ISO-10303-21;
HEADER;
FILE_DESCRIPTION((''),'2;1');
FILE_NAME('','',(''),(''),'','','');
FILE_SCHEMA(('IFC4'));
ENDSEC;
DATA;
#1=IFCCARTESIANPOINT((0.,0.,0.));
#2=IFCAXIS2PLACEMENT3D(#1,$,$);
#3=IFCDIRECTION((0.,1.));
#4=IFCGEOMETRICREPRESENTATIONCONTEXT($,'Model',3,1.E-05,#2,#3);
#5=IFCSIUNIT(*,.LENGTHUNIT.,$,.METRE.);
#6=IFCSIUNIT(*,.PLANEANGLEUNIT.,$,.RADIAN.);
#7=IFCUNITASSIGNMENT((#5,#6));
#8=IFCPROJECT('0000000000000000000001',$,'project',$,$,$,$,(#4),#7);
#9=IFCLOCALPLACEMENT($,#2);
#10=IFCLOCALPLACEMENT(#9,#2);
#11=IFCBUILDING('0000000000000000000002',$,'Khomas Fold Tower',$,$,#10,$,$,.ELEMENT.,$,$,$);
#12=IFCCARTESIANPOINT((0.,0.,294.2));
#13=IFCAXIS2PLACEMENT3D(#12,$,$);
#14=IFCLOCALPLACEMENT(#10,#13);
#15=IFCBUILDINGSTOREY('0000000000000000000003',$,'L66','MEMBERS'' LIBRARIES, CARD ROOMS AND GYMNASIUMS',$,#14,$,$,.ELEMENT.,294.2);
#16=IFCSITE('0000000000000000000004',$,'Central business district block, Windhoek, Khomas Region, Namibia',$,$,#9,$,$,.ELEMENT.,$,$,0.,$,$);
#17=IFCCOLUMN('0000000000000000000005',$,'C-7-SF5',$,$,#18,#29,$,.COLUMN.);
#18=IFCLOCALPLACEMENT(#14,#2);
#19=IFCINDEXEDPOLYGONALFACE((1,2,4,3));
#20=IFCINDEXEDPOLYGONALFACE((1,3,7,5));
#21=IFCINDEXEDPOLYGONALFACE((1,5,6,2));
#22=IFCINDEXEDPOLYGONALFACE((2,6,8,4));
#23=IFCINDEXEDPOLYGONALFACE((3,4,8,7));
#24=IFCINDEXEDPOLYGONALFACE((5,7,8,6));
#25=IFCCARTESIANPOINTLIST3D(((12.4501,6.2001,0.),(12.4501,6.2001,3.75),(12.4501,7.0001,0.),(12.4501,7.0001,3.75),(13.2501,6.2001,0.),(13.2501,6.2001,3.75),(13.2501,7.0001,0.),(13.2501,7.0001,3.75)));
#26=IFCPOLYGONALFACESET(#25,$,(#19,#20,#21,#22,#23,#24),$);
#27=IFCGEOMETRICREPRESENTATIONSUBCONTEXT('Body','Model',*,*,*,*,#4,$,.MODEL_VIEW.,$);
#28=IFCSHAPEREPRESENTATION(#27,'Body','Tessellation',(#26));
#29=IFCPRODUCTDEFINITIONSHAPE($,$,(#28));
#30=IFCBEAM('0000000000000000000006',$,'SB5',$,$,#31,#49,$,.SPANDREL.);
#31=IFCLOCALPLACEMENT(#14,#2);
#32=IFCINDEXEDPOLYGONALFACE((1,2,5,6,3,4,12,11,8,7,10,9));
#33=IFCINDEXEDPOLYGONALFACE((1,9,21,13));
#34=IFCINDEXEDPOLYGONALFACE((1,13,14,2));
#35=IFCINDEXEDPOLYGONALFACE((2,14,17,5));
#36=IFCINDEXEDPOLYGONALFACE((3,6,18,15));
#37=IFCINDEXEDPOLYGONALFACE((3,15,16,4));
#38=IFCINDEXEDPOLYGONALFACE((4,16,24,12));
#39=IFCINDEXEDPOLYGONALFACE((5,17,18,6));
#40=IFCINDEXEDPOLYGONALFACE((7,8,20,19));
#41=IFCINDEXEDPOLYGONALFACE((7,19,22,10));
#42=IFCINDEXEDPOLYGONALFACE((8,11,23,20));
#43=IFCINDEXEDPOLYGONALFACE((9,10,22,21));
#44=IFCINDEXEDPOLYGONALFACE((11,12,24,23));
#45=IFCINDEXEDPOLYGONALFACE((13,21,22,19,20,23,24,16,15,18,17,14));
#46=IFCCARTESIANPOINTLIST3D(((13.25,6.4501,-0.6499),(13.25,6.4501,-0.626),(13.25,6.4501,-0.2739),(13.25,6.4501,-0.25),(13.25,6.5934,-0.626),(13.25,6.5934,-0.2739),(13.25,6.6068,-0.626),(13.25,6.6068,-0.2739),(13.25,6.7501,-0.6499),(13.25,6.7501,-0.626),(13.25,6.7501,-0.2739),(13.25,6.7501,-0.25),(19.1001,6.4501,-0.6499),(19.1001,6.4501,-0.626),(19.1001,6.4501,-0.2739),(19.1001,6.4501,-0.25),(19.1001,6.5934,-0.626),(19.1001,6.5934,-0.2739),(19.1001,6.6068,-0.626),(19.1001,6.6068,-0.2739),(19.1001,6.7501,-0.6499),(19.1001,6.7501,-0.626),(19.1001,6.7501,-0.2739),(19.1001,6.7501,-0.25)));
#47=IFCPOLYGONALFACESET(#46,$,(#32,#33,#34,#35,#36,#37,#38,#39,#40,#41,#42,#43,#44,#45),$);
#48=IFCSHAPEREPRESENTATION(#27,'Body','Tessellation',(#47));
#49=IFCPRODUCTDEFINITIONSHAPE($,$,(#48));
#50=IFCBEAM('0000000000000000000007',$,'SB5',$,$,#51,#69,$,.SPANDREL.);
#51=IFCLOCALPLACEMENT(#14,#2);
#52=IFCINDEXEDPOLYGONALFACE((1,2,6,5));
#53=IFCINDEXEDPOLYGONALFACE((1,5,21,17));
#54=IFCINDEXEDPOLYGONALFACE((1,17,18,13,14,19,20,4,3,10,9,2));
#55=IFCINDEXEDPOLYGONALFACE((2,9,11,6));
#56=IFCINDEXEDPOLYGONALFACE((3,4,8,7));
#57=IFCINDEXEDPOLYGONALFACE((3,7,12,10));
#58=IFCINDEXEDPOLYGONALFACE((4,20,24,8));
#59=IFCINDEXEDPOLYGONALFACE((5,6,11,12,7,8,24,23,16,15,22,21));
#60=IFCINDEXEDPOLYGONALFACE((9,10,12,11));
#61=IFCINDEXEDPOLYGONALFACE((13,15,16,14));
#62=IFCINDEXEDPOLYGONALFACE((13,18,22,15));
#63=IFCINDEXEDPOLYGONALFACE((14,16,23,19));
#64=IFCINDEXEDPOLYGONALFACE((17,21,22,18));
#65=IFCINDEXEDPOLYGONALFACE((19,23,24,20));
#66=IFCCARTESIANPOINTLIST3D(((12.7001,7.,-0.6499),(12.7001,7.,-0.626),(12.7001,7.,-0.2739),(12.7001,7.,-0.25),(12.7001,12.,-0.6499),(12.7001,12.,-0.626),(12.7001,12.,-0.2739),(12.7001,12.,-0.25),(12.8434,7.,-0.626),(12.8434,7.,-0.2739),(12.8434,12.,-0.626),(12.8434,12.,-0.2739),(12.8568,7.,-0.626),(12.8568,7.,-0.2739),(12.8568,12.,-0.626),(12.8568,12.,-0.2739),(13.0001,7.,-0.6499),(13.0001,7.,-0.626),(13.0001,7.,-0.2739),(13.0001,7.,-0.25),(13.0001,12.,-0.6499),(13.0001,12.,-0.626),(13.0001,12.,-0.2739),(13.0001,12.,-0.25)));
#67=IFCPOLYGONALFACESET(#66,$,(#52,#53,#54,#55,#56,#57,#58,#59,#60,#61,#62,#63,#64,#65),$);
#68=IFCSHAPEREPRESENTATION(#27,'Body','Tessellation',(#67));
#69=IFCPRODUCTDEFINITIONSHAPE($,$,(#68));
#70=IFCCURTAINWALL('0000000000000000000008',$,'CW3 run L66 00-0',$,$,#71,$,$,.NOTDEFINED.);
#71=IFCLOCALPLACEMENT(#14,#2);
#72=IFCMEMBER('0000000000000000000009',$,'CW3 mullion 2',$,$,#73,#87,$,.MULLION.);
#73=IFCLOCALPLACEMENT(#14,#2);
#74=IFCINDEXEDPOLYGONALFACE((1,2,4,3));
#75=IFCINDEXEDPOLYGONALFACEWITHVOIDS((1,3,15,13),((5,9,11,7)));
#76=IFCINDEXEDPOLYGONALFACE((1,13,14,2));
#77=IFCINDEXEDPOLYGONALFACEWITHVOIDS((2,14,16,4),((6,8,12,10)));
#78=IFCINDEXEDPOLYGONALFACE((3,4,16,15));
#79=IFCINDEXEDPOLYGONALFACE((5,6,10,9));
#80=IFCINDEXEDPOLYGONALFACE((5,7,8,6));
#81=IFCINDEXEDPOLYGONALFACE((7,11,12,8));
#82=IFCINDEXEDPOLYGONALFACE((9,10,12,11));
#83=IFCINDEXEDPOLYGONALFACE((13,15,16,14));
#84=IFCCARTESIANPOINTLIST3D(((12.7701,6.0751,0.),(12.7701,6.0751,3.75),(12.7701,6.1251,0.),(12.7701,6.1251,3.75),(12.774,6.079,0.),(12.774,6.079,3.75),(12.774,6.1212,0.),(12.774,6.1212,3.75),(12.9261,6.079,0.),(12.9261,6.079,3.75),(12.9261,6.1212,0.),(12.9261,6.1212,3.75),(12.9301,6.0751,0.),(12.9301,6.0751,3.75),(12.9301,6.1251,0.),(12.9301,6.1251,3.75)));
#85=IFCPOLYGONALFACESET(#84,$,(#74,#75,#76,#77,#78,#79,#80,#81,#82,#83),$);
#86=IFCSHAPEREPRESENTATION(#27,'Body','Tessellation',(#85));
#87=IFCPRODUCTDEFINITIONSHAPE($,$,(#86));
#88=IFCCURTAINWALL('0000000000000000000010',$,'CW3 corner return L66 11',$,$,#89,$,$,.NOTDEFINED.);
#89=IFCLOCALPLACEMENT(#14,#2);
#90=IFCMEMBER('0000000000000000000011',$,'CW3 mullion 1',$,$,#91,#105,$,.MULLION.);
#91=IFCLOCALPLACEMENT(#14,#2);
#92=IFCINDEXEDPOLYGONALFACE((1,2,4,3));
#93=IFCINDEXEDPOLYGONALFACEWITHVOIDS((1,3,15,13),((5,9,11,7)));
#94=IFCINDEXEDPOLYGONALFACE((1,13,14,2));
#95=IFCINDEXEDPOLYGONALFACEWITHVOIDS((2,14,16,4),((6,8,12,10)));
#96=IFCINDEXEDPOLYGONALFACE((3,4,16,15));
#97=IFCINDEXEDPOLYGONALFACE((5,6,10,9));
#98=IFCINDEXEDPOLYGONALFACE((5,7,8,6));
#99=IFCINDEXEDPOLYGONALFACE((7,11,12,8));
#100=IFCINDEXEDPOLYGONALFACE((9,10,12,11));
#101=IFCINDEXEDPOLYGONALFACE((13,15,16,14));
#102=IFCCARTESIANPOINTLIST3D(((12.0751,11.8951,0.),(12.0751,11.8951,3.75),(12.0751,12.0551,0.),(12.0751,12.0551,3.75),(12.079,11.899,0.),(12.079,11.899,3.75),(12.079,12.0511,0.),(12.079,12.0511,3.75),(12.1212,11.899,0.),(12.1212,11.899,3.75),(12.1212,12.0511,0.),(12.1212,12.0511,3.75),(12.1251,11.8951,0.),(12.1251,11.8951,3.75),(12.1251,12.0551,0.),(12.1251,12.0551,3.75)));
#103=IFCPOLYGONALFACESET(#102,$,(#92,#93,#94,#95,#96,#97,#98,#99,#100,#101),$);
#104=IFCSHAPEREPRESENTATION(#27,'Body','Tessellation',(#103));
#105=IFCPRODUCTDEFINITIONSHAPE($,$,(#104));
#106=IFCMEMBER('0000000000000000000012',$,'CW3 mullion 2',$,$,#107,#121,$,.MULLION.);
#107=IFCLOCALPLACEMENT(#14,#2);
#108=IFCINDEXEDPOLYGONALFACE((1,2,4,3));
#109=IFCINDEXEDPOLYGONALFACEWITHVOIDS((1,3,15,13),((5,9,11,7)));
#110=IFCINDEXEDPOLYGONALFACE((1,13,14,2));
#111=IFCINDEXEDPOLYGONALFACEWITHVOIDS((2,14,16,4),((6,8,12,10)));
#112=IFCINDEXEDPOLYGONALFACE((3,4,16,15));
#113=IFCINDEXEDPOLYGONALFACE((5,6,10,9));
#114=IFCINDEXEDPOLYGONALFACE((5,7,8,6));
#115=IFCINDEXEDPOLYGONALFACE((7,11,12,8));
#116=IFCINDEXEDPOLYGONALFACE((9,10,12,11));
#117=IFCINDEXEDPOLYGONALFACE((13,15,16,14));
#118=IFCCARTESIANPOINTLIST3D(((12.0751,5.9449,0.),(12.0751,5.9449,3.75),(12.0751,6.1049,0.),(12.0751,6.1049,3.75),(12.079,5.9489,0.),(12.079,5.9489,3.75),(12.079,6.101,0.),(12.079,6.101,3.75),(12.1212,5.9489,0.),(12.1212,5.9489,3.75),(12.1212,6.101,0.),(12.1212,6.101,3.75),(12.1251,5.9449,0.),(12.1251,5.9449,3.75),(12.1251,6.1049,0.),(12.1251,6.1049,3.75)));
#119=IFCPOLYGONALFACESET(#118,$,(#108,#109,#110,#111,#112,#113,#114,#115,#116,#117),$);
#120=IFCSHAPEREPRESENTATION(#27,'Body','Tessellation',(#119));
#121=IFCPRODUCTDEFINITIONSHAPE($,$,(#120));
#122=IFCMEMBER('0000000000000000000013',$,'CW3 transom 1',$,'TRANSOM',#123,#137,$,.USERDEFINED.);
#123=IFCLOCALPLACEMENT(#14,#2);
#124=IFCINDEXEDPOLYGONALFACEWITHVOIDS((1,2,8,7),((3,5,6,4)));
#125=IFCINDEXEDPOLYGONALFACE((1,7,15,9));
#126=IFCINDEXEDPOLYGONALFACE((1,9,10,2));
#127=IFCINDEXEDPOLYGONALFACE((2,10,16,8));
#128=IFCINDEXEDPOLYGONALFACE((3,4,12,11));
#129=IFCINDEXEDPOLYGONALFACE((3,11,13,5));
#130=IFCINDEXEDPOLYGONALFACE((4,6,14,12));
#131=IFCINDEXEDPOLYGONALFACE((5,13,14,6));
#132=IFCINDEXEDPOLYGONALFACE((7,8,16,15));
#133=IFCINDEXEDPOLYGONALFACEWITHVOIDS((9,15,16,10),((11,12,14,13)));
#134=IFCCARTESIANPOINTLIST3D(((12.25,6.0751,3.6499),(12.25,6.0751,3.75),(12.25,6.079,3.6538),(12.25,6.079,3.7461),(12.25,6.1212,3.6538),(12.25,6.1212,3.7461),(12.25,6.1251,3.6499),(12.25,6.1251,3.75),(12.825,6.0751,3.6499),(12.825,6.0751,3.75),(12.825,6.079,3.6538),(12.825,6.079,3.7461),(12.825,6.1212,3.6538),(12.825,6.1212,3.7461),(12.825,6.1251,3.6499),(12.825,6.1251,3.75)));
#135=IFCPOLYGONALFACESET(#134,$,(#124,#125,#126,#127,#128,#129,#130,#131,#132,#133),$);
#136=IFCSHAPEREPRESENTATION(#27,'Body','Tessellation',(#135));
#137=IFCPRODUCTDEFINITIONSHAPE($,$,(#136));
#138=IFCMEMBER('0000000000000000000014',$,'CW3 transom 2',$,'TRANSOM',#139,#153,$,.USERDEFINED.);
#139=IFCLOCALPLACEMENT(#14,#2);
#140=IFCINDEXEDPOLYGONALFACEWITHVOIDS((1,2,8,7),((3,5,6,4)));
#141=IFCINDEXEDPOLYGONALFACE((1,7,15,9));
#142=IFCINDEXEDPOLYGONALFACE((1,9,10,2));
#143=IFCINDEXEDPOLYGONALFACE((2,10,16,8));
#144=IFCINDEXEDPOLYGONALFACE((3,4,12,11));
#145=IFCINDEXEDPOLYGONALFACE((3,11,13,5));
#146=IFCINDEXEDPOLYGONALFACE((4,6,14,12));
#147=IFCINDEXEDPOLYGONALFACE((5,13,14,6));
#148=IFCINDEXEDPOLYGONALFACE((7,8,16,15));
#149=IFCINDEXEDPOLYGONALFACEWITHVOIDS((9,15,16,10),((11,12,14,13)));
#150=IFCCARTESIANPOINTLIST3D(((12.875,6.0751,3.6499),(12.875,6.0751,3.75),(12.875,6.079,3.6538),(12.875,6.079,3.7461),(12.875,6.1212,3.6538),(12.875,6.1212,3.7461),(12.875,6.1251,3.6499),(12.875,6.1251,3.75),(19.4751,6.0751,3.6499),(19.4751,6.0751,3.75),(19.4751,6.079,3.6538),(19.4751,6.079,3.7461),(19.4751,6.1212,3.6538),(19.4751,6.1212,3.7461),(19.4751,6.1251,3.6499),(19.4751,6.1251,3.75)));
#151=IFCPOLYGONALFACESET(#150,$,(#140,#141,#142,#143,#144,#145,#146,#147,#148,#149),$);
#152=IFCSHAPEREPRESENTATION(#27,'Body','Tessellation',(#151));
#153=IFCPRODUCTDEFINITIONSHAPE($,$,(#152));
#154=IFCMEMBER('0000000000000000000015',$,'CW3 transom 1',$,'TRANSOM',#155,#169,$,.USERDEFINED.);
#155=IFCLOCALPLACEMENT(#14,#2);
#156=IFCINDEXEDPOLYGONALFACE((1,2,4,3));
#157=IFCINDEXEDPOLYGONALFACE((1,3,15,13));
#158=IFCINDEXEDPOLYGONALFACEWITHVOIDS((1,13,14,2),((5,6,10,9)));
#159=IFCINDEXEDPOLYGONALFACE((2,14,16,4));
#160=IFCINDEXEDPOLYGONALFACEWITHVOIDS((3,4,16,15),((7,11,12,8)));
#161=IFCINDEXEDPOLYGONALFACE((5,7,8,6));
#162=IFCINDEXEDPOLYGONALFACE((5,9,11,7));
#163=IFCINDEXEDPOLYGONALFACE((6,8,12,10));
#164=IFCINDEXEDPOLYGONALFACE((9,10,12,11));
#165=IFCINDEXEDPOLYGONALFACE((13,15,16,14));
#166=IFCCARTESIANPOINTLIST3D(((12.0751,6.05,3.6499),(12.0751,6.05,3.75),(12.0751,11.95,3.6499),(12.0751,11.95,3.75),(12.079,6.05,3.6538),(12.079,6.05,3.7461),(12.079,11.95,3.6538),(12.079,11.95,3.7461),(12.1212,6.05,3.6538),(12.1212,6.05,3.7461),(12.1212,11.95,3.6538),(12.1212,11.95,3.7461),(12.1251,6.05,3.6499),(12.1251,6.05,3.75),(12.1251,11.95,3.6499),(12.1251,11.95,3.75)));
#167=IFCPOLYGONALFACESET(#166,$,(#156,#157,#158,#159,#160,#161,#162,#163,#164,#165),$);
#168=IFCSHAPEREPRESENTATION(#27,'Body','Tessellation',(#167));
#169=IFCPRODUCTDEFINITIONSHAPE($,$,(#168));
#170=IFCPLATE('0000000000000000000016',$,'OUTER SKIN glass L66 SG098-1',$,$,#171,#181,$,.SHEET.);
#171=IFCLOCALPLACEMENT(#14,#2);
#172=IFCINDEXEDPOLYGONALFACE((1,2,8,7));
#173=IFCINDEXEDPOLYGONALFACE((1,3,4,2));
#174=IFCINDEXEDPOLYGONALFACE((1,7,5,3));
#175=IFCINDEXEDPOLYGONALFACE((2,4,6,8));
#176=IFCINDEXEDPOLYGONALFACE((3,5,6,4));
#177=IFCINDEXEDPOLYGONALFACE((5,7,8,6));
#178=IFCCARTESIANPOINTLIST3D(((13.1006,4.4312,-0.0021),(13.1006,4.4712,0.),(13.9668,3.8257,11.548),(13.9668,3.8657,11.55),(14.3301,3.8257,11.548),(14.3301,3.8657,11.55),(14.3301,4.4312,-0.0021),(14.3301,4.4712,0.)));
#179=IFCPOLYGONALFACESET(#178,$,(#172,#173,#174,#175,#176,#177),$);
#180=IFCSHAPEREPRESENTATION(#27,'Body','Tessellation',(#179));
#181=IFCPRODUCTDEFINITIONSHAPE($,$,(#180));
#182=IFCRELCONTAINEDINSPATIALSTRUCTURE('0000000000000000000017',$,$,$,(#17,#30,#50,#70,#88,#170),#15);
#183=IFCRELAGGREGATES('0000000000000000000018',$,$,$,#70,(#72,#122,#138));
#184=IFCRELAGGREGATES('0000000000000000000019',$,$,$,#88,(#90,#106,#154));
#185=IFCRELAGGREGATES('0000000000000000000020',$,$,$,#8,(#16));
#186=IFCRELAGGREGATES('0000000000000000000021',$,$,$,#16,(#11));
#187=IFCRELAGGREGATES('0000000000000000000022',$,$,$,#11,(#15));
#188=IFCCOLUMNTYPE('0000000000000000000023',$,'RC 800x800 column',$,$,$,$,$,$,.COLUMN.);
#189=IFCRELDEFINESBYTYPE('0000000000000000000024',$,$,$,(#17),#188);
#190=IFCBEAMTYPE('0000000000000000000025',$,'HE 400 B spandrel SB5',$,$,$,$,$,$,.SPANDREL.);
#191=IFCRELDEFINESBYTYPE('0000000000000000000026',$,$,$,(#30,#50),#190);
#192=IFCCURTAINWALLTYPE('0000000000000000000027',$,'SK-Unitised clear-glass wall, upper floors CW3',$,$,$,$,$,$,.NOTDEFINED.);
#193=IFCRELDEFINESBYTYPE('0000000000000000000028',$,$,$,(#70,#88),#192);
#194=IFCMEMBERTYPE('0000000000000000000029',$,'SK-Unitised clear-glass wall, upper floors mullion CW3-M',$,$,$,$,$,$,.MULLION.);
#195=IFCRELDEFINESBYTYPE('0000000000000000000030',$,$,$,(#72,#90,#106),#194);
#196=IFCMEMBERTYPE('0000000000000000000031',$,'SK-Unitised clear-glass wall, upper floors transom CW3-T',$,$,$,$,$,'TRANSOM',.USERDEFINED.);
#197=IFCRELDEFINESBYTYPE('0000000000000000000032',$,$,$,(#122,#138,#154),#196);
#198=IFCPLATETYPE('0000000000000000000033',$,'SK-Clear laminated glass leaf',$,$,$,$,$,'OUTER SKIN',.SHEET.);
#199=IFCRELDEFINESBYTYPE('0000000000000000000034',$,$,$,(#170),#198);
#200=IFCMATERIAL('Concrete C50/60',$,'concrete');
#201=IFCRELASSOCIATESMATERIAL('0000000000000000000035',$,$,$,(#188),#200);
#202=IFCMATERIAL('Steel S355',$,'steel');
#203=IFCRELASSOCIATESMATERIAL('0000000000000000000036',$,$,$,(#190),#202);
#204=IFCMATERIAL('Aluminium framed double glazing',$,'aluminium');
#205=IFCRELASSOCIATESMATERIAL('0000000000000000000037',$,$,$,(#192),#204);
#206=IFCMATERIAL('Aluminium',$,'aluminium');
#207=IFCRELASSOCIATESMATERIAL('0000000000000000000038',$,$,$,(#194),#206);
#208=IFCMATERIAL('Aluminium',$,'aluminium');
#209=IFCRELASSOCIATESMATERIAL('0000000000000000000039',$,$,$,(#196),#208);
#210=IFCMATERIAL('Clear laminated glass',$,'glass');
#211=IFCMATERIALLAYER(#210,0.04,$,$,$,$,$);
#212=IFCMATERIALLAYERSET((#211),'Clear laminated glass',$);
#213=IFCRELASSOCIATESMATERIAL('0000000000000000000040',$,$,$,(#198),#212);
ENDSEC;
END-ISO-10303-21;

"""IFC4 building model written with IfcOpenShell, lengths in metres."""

from ifc_helpers import new_model, si_unit, direction, frame, origin, origin_2d, place, context, subcontext, project, spatial, polyline, rectangle, hollow_rectangle, i_section, outline, extrude, source, transform, mapped, material, layer, layer_set, material_profile, profile_set, type_object, element, aggregate, save


model = new_model("IFC4")

# Units and contexts
model_context = context("Model", 3, precision=1e-05, world=origin(), true_north=direction((0.0, 1.0)))
body_context = subcontext(model_context, "Body", "Model", "MODEL_VIEW")
ifc_project = project(units=[si_unit("LENGTHUNIT", "METRE"), si_unit("PLANEANGLEUNIT", "RADIAN")], contexts=[model_context])

# Site, building, storey
site_placement = place(None, origin())
site = spatial("IfcSite", under=ifc_project, at=site_placement, Name="Central business district block, Windhoek, Khomas Region, Namibia", CompositionType="ELEMENT", RefElevation=0.0)
building_placement = place(site_placement, origin())
building = spatial("IfcBuilding", under=site, at=building_placement, Name="Khomas Fold Tower", CompositionType="ELEMENT")
storey_placement = place(building_placement, frame((0.0, 0.0, 294.2)))
storey = spatial("IfcBuildingStorey", under=building, at=storey_placement, Name="L66", Description="MEMBERS' LIBRARIES, CARD ROOMS AND GYMNASIUMS", CompositionType="ELEMENT", Elevation=294.2)

# Column
ifc_material_1 = material(Name="Concrete C50/60", Category="concrete")
ifc_material_profile_1 = material_profile(ifc_material_1, rectangle(XDim=0.8, YDim=0.8, at=origin_2d()), Name="RC 800x800")
ifc_profile_set_1 = profile_set([ifc_material_profile_1], Name="Concrete C50/60")
column_type = type_object("IfcColumnType", Name="RC 800x800 column", PredefinedType="COLUMN", material=ifc_profile_set_1)
shared_shape_1 = source(origin(), body_context, "Body", "SweptSolid", [
    extrude(rectangle(XDim=0.8, YDim=0.8, at=origin_2d()), origin(), (0.0, 0.0, 1.0), 3.75),
])
column_placement = place(storey_placement, frame((12.8501, 6.6001, 0.0), z_axis=(0.0, 0.0, 1.0), x_axis=(1.0, 0.0, 0.0)))
element("IfcColumn", 1, at=column_placement, inside=storey, type_object=column_type, Name="C-7-SF5", PredefinedType="COLUMN", context=body_context, shape_type="MappedRepresentation", body=[
    mapped(shared_shape_1, transform((0.0, 0.0, 0.0))),
])

# Beams
ifc_material_2 = material(Name="Steel S355", Category="steel")
ifc_material_profile_2 = material_profile(ifc_material_2, i_section(OverallWidth=0.3, OverallDepth=0.3999, WebThickness=0.0134, FlangeThickness=0.0239, at=origin_2d()), Name="HE 400 B")
ifc_profile_set_2 = profile_set([ifc_material_profile_2], Name="Steel S355")
beam_type = type_object("IfcBeamType", Name="HE 400 B spandrel SB5", PredefinedType="SPANDREL", material=ifc_profile_set_2)
shared_shape_2 = source(origin(), body_context, "Body", "SweptSolid", [
    extrude(i_section(OverallWidth=0.3, OverallDepth=0.3999, WebThickness=0.0134, FlangeThickness=0.0239, at=origin_2d()), origin(), (0.0, 0.0, 1.0), 5.8501),
])
beam_1_placement = place(storey_placement, frame((13.25, 6.6001, -0.45), z_axis=(1.0, 0.0, 0.0), x_axis=(0.0, 1.0, 0.0)))
element("IfcBeam", 2, at=beam_1_placement, inside=storey, type_object=beam_type, Name="SB5", PredefinedType="SPANDREL", context=body_context, shape_type="MappedRepresentation", body=[
    mapped(shared_shape_2, transform((0.0, 0.0, 0.0))),
])
shared_shape_3 = source(origin(), body_context, "Body", "SweptSolid", [
    extrude(i_section(OverallWidth=0.3, OverallDepth=0.3999, WebThickness=0.0134, FlangeThickness=0.0239, at=origin_2d()), origin(), (0.0, 0.0, 1.0), 5.0),
])
beam_2_placement = place(storey_placement, frame((12.8501, 7.0, -0.45), z_axis=(0.0, 1.0, 0.0), x_axis=(-1.0, 0.0, 0.0)))
element("IfcBeam", 3, at=beam_2_placement, inside=storey, type_object=beam_type, Name="SB5", PredefinedType="SPANDREL", context=body_context, shape_type="MappedRepresentation", body=[
    mapped(shared_shape_3, transform((0.0, 0.0, 0.0))),
])

# Curtain wall, member
ifc_material_3 = material(Name="Aluminium framed double glazing", Category="aluminium")
curtain_wall_type = type_object("IfcCurtainWallType", Name="SK-Unitised clear-glass wall, upper floors CW3", PredefinedType="NOTDEFINED", material=ifc_material_3)
curtain_wall_1_placement = place(storey_placement, origin())
curtain_wall_1 = element("IfcCurtainWall", 4, at=curtain_wall_1_placement, inside=storey, type_object=curtain_wall_type, Name="CW3 run L66 00-0", PredefinedType="NOTDEFINED")
ifc_material_4 = material(Name="Aluminium", Category="aluminium")
ifc_material_profile_3 = material_profile(ifc_material_4, hollow_rectangle(XDim=0.05, YDim=0.1599, WallThickness=0.0039, at=origin_2d()), Name="SK-Unitised clear-glass wall, upper floors mullion CW3-M")
ifc_profile_set_3 = profile_set([ifc_material_profile_3], Name="Aluminium")
member_type_1 = type_object("IfcMemberType", Name="SK-Unitised clear-glass wall, upper floors mullion CW3-M", PredefinedType="MULLION", material=ifc_profile_set_3)
shared_shape_4 = source(origin(), body_context, "Body", "SweptSolid", [
    extrude(hollow_rectangle(XDim=0.05, YDim=0.1599, WallThickness=0.0039, at=origin_2d()), origin(), (0.0, 0.0, 1.0), 3.75),
])
member_1_placement = place(storey_placement, frame((12.8501, 6.1001, 0.0), z_axis=(0.0, 0.0, 1.0), x_axis=(0.0, 1.0, 0.0)))
member_1 = element("IfcMember", 5, at=member_1_placement, type_object=member_type_1, Name="CW3 mullion 2", PredefinedType="MULLION", context=body_context, shape_type="MappedRepresentation", body=[
    mapped(shared_shape_4, transform((0.0, 0.0, 0.0))),
])

# Curtain wall, members
curtain_wall_2_placement = place(storey_placement, origin())
curtain_wall_2 = element("IfcCurtainWall", 6, at=curtain_wall_2_placement, inside=storey, type_object=curtain_wall_type, Name="CW3 corner return L66 11", PredefinedType="NOTDEFINED")
member_2_placement = place(storey_placement, frame((12.1001, 11.9751, 0.0), z_axis=(0.0, 0.0, 1.0), x_axis=(1.0, 0.0, 0.0)))
member_2 = element("IfcMember", 7, at=member_2_placement, type_object=member_type_1, Name="CW3 mullion 1", PredefinedType="MULLION", context=body_context, shape_type="MappedRepresentation", body=[
    mapped(shared_shape_4, transform((0.0, 0.0, 0.0))),
])
member_3_placement = place(storey_placement, frame((12.1001, 6.0249, 0.0), z_axis=(0.0, 0.0, 1.0), x_axis=(1.0, 0.0, 0.0)))
member_3 = element("IfcMember", 8, at=member_3_placement, type_object=member_type_1, Name="CW3 mullion 2", PredefinedType="MULLION", context=body_context, shape_type="MappedRepresentation", body=[
    mapped(shared_shape_4, transform((0.0, 0.0, 0.0))),
])

# Members
ifc_material_5 = material(Name="Aluminium", Category="aluminium")
ifc_material_profile_4 = material_profile(ifc_material_5, hollow_rectangle(XDim=0.05, YDim=0.1001, WallThickness=0.0039, at=origin_2d()), Name="SK-Unitised clear-glass wall, upper floors transom CW3-T")
ifc_profile_set_4 = profile_set([ifc_material_profile_4], Name="Aluminium")
member_type_2 = type_object("IfcMemberType", Name="SK-Unitised clear-glass wall, upper floors transom CW3-T", ElementType="TRANSOM", PredefinedType="USERDEFINED", material=ifc_profile_set_4)
shared_shape_5 = source(origin(), body_context, "Body", "SweptSolid", [
    extrude(hollow_rectangle(XDim=0.05, YDim=0.1001, WallThickness=0.0039, at=origin_2d()), origin(), (0.0, 0.0, 1.0), 0.575),
])
member_4_placement = place(storey_placement, frame((12.25, 6.1001, 3.7), z_axis=(1.0, 0.0, 0.0), x_axis=(0.0, 1.0, 0.0)))
member_4 = element("IfcMember", 9, at=member_4_placement, type_object=member_type_2, Name="CW3 transom 1", ObjectType="TRANSOM", PredefinedType="USERDEFINED", context=body_context, shape_type="MappedRepresentation", body=[
    mapped(shared_shape_5, transform((0.0, 0.0, 0.0))),
])
shared_shape_6 = source(origin(), body_context, "Body", "SweptSolid", [
    extrude(hollow_rectangle(XDim=0.05, YDim=0.1001, WallThickness=0.0039, at=origin_2d()), origin(), (0.0, 0.0, 1.0), 6.6001),
])
member_5_placement = place(storey_placement, frame((12.875, 6.1001, 3.7), z_axis=(1.0, 0.0, 0.0), x_axis=(0.0, 1.0, 0.0)))
member_5 = element("IfcMember", 10, at=member_5_placement, type_object=member_type_2, Name="CW3 transom 2", ObjectType="TRANSOM", PredefinedType="USERDEFINED", context=body_context, shape_type="MappedRepresentation", body=[
    mapped(shared_shape_6, transform((0.0, 0.0, 0.0))),
])
shared_shape_7 = source(origin(), body_context, "Body", "SweptSolid", [
    extrude(hollow_rectangle(XDim=0.05, YDim=0.1001, WallThickness=0.0039, at=origin_2d()), origin(), (0.0, 0.0, 1.0), 5.8999),
])
member_6_placement = place(storey_placement, frame((12.1001, 11.95, 3.7), z_axis=(0.0, -1.0, 0.0), x_axis=(1.0, 0.0, 0.0)))
member_6 = element("IfcMember", 11, at=member_6_placement, type_object=member_type_2, Name="CW3 transom 1", ObjectType="TRANSOM", PredefinedType="USERDEFINED", context=body_context, shape_type="MappedRepresentation", body=[
    mapped(shared_shape_7, transform((0.0, 0.0, 0.0))),
])

# Plate
ifc_material_6 = material(Name="Clear laminated glass", Category="glass")
ifc_layer_1 = layer(ifc_material_6, 0.04)
ifc_layer_set_1 = layer_set([ifc_layer_1], Name="Clear laminated glass")
plate_type_1 = type_object("IfcPlateType", Name="SK-Clear laminated glass leaf", ElementType="OUTER SKIN", PredefinedType="SHEET", material=ifc_layer_set_1)
plate_1_placement = place(storey_placement, frame((13.1006, 4.4712, 0.0), z_axis=(0.0, 0.998629, 0.052349), x_axis=(0.074684, -0.052203, 0.99584)))
element("IfcPlate", 12, at=plate_1_placement, inside=storey, type_object=plate_type_1, Name="OUTER SKIN glass L66 SG098-1", PredefinedType="SHEET", context=body_context, shape_type="SweptSolid", body=[
    extrude(outline(polyline([(0.0, 0.0), (11.5983, 0.0), (11.6254, 0.3623), (0.0918, 1.2261), (0.0, 0.0)])), origin(), (0.0, 0.0, -1.0), 0.04),
])

aggregate(curtain_wall_1, [member_1, member_4, member_5])
aggregate(curtain_wall_2, [member_2, member_3, member_6])

save(model, "model.ifc")
